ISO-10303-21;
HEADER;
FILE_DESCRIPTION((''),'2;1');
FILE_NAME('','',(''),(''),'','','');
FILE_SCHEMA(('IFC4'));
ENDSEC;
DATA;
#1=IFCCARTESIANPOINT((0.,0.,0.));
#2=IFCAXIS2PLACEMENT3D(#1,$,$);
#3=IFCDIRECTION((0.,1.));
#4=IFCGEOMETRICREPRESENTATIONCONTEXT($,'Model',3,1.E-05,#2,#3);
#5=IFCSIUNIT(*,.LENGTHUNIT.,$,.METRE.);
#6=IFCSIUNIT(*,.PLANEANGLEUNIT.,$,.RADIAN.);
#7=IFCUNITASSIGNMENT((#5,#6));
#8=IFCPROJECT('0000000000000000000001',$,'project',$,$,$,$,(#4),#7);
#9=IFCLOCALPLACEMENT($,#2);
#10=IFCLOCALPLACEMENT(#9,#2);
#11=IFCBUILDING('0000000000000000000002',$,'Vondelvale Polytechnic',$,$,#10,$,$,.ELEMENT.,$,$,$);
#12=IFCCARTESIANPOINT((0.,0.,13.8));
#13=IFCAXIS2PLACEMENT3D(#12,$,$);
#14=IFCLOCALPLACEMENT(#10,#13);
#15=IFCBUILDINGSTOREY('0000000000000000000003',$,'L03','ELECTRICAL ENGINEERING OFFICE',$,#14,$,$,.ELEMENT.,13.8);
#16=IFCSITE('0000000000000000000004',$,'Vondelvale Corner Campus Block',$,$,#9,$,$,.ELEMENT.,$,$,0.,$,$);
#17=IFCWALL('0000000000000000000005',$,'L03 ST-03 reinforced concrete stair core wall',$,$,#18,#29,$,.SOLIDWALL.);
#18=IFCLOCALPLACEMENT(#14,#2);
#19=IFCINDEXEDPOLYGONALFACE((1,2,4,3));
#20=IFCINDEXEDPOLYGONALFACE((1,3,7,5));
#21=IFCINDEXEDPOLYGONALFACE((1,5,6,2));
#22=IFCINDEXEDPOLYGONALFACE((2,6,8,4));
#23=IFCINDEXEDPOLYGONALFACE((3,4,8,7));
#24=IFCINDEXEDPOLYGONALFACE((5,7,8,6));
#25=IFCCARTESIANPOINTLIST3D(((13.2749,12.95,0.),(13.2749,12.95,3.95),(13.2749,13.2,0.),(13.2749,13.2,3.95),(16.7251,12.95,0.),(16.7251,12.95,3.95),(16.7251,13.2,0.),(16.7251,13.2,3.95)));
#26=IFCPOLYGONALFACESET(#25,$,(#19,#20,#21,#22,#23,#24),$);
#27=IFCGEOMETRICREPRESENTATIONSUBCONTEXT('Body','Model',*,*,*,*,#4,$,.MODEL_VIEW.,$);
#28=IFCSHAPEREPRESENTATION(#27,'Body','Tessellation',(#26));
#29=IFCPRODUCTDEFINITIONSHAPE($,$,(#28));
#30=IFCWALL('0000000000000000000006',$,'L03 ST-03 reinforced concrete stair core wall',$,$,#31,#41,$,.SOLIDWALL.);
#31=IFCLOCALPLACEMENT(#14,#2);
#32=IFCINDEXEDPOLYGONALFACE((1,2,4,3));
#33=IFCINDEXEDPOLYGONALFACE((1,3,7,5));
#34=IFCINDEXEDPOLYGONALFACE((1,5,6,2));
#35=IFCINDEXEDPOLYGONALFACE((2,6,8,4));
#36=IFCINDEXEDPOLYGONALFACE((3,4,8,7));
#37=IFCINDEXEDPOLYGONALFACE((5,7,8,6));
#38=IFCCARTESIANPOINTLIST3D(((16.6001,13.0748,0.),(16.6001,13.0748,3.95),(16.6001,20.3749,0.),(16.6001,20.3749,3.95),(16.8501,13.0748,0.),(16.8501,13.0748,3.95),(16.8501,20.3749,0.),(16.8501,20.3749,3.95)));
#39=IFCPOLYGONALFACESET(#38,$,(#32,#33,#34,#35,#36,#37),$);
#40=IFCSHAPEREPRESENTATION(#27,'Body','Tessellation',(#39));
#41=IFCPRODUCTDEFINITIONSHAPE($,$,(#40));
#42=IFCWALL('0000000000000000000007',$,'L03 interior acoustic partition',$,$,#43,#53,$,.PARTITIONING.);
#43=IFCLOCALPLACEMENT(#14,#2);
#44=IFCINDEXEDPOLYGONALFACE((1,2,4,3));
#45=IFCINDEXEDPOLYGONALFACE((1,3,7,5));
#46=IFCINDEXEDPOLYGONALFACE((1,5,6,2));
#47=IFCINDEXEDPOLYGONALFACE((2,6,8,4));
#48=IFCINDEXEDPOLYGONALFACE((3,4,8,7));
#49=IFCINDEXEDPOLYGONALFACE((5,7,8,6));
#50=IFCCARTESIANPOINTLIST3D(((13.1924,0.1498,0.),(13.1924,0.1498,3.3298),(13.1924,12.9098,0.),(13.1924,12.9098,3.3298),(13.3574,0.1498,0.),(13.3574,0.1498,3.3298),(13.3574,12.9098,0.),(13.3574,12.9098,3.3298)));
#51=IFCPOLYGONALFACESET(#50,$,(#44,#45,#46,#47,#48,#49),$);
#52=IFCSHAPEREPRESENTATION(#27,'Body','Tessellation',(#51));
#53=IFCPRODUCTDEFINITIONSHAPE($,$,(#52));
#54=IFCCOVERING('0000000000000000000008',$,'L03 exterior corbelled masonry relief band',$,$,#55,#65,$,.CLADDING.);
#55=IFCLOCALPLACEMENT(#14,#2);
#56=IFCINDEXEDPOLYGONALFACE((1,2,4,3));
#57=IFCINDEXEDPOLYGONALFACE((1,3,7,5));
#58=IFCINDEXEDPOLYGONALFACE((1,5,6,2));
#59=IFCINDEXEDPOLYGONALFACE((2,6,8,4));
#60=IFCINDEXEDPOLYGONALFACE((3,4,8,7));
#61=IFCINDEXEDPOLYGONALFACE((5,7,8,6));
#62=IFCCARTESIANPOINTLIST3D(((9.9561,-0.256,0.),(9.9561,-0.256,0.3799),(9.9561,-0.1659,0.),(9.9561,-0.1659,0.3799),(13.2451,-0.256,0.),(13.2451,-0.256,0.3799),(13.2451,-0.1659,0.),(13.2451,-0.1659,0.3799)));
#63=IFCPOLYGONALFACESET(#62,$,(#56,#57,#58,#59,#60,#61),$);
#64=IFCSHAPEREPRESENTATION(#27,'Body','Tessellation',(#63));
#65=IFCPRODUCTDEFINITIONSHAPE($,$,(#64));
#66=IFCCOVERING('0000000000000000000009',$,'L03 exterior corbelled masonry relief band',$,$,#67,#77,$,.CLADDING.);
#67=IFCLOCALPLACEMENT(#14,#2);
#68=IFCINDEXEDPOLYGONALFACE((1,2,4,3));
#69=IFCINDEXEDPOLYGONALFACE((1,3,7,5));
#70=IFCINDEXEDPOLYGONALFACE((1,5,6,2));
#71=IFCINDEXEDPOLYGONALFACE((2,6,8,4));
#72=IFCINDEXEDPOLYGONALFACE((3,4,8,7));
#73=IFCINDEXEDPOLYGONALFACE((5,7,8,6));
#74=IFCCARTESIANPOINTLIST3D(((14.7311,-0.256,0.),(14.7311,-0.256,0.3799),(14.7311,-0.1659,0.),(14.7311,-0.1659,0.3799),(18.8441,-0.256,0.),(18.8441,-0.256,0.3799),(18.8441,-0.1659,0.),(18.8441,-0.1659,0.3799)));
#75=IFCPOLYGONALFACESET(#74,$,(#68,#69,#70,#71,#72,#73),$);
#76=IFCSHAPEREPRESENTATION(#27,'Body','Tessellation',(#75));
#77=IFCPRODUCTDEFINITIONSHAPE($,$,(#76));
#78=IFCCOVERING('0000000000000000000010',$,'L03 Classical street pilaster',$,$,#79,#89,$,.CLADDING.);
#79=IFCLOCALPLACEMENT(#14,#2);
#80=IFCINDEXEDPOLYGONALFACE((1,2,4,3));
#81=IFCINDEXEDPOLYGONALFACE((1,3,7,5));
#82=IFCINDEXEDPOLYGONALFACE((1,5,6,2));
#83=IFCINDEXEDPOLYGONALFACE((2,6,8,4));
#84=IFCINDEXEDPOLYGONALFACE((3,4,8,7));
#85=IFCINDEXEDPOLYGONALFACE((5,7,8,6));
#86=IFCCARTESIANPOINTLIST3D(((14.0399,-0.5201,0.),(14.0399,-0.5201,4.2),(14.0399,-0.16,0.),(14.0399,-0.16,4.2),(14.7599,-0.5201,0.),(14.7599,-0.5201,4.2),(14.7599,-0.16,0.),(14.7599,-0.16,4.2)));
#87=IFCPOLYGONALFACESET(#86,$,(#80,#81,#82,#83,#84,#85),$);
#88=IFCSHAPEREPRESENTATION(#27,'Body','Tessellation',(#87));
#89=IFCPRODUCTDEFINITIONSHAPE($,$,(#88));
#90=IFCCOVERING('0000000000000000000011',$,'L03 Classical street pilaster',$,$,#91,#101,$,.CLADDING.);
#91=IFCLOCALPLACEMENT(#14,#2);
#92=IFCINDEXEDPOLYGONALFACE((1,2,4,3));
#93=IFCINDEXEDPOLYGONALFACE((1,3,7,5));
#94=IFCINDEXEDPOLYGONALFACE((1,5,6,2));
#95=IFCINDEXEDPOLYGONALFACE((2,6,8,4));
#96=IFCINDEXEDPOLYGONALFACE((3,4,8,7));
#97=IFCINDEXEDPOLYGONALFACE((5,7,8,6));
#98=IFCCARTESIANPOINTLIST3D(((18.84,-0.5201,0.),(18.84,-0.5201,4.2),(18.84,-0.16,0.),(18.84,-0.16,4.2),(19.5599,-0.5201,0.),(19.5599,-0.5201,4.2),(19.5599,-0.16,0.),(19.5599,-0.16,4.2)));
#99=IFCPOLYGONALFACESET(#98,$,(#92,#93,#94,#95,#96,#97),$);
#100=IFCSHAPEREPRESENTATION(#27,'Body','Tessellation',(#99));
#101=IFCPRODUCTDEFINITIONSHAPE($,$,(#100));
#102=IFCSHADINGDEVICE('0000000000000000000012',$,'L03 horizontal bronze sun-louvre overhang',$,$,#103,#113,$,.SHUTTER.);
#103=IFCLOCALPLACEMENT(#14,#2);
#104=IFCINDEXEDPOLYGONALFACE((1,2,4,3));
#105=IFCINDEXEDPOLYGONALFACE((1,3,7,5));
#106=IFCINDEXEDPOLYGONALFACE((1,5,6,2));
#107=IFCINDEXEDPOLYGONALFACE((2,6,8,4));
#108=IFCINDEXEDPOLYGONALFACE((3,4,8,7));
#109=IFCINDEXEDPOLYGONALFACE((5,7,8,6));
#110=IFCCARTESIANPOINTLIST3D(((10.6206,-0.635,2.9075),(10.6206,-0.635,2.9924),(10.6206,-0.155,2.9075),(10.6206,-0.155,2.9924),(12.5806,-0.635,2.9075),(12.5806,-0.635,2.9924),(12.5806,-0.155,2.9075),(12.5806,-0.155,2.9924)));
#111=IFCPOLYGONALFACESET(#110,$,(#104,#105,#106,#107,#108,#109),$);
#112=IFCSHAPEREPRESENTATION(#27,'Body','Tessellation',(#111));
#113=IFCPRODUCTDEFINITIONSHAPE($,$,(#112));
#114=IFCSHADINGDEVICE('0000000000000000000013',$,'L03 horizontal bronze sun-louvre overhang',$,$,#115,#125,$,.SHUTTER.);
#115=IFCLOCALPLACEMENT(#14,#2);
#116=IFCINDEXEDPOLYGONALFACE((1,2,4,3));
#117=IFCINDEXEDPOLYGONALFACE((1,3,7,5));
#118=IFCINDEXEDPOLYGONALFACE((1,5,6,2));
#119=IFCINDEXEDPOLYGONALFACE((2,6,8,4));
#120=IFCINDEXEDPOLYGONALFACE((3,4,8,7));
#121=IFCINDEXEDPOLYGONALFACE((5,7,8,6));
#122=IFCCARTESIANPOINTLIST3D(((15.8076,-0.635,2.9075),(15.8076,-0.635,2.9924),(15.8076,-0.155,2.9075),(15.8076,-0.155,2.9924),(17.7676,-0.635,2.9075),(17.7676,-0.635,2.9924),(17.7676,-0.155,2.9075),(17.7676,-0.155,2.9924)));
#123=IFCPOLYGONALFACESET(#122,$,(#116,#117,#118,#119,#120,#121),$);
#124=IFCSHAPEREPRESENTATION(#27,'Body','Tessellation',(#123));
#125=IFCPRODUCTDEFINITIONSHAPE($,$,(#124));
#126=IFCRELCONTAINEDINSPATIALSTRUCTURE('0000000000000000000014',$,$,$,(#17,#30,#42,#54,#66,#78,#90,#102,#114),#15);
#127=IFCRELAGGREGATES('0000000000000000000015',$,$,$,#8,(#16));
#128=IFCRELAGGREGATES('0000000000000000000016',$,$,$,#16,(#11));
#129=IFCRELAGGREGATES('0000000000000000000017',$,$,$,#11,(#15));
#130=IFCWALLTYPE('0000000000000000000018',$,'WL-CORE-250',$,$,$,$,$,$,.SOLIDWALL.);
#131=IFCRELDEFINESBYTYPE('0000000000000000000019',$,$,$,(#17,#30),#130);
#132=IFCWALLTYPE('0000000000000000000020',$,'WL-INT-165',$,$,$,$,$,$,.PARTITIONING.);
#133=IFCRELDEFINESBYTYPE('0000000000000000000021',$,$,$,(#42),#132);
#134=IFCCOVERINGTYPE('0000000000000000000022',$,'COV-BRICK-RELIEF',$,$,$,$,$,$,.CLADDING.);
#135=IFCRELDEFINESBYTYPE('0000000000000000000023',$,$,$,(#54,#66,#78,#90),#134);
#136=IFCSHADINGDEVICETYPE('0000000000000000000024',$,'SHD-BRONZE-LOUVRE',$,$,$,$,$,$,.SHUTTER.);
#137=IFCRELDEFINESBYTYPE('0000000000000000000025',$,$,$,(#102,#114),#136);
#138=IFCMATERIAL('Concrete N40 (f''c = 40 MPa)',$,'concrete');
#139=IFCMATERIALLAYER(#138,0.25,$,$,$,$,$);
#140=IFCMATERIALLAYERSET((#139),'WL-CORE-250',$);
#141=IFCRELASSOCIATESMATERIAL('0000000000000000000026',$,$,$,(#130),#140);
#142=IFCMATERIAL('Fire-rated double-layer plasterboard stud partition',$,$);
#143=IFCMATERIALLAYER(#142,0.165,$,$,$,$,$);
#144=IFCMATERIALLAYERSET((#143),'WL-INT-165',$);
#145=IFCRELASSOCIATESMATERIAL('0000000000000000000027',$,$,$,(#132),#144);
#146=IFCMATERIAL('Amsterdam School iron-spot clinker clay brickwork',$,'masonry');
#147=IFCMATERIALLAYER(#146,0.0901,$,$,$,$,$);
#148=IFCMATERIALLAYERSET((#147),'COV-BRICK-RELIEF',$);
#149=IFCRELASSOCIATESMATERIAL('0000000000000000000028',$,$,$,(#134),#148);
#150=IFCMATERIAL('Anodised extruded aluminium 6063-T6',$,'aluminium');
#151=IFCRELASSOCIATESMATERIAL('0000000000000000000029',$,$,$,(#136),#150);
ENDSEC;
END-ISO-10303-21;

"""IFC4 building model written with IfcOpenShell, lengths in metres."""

from ifc_helpers import new_model, si_unit, direction, frame, frame_2d, origin, origin_2d, place, context, subcontext, project, spatial, rectangle, extrude, material, layer, layer_set, type_object, element, save


model = new_model("IFC4")

# Units and contexts
model_context = context("Model", 3, precision=1e-05, world=origin(), true_north=direction((0.0, 1.0)))
body_context = subcontext(model_context, "Body", "Model", "MODEL_VIEW")
ifc_project = project(units=[si_unit("LENGTHUNIT", "METRE"), si_unit("PLANEANGLEUNIT", "RADIAN")], contexts=[model_context])

# Site, building, storey
site_placement = place(None, origin())
site = spatial("IfcSite", under=ifc_project, at=site_placement, Name="Vondelvale Corner Campus Block", CompositionType="ELEMENT", RefElevation=0.0)
building_placement = place(site_placement, origin())
building = spatial("IfcBuilding", under=site, at=building_placement, Name="Vondelvale Polytechnic", CompositionType="ELEMENT")
storey_placement = place(building_placement, frame((0.0, 0.0, 13.8)))
storey = spatial("IfcBuildingStorey", under=building, at=storey_placement, Name="L03", Description="ELECTRICAL ENGINEERING OFFICE", CompositionType="ELEMENT", Elevation=13.8)

# Shared definitions
ifc_material_1 = material(Name="Concrete N40 (f'c = 40 MPa)", Category="concrete")

# Shared definitions
ifc_material_2 = material(Name="Amsterdam School iron-spot clinker clay brickwork", Category="masonry")

# Walls
ifc_layer_1 = layer(ifc_material_1, 0.25)
ifc_layer_set_1 = layer_set([ifc_layer_1], Name="WL-CORE-250")
wall_type_1 = type_object("IfcWallType", Name="WL-CORE-250", PredefinedType="SOLIDWALL", material=ifc_layer_set_1)
wall_1_placement = place(storey_placement, frame((13.2749, 13.075, 0.0), z_axis=(0.0, 0.0, 1.0), x_axis=(1.0, 0.0, 0.0)))
element("IfcWall", 1, at=wall_1_placement, inside=storey, type_object=wall_type_1, Name="L03 ST-03 reinforced concrete stair core wall", PredefinedType="SOLIDWALL", context=body_context, shape_type="SweptSolid", body=[
    extrude(rectangle(XDim=3.4502, YDim=0.25, at=frame_2d((1.7251, 0.0))), origin(), (0.0, 0.0, 1.0), 3.95),
])
wall_2_placement = place(storey_placement, frame((16.7251, 13.075, 0.0), z_axis=(0.0, 0.0, 1.0), x_axis=(0.0, 1.0, 0.0)))
element("IfcWall", 2, at=wall_2_placement, inside=storey, type_object=wall_type_1, Name="L03 ST-03 reinforced concrete stair core wall", PredefinedType="SOLIDWALL", context=body_context, shape_type="SweptSolid", body=[
    extrude(rectangle(XDim=7.3, YDim=0.25, at=frame_2d((3.6499, 0.0))), origin(), (0.0, 0.0, 1.0), 3.95),
])
ifc_material_3 = material(Name="Fire-rated double-layer plasterboard stud partition")
ifc_layer_2 = layer(ifc_material_3, 0.165)
ifc_layer_set_2 = layer_set([ifc_layer_2], Name="WL-INT-165")
wall_type_2 = type_object("IfcWallType", Name="WL-INT-165", PredefinedType="PARTITIONING", material=ifc_layer_set_2)
wall_3_placement = place(storey_placement, frame((13.2749, 0.1499, 0.0), z_axis=(0.0, 0.0, 1.0), x_axis=(0.0, 1.0, 0.0)))
element("IfcWall", 3, at=wall_3_placement, inside=storey, type_object=wall_type_2, Name="L03 interior acoustic partition", PredefinedType="PARTITIONING", context=body_context, shape_type="SweptSolid", body=[
    extrude(rectangle(XDim=12.76, YDim=0.165, at=frame_2d((6.3799, 0.0))), origin(), (0.0, 0.0, 1.0), 3.3298),
])

# Coverings
ifc_layer_3 = layer(ifc_material_2, 0.0901)
ifc_layer_set_3 = layer_set([ifc_layer_3], Name="COV-BRICK-RELIEF")
covering_type = type_object("IfcCoveringType", Name="COV-BRICK-RELIEF", PredefinedType="CLADDING", material=ifc_layer_set_3)
covering_1_placement = place(storey_placement, frame((11.6006, -0.2109, 0.0), z_axis=(0.0, 0.0, 1.0), x_axis=(-1.0, 0.0, 0.0)))
element("IfcCovering", 4, at=covering_1_placement, inside=storey, type_object=covering_type, Name="L03 exterior corbelled masonry relief band", PredefinedType="CLADDING", context=body_context, shape_type="SweptSolid", body=[
    extrude(rectangle(XDim=3.2891, YDim=0.0901, at=origin_2d()), origin(), (0.0, 0.0, 1.0), 0.3799),
])
covering_2_placement = place(storey_placement, frame((16.7876, -0.2109, 0.0), z_axis=(0.0, 0.0, 1.0), x_axis=(-1.0, 0.0, 0.0)))
element("IfcCovering", 5, at=covering_2_placement, inside=storey, type_object=covering_type, Name="L03 exterior corbelled masonry relief band", PredefinedType="CLADDING", context=body_context, shape_type="SweptSolid", body=[
    extrude(rectangle(XDim=4.113, YDim=0.0901, at=origin_2d()), origin(), (0.0, 0.0, 1.0), 0.3799),
])
for number, where, z_axis, x_axis, name in (
    (6, (14.3999, -0.3401, 0.0), (0.0, 0.0, 1.0), (1.0, 0.0, 0.0), "L03 Classical street pilaster"),
    (7, (19.2, -0.3401, 0.0), (0.0, 0.0, 1.0), (1.0, 0.0, 0.0), "L03 Classical street pilaster"),
):
    element("IfcCovering", number, at=place(storey_placement, frame(where, z_axis=z_axis, x_axis=x_axis)), inside=storey, type_object=covering_type, Name=name, PredefinedType="CLADDING", context=body_context, shape_type="SweptSolid", body=[
        extrude(rectangle(XDim=0.72, YDim=0.3601, at=origin_2d()), origin(), (0.0, 0.0, 1.0), 4.2),
    ])

# Shading devices
ifc_material_4 = material(Name="Anodised extruded aluminium 6063-T6", Category="aluminium")
shading_device_type = type_object("IfcShadingDeviceType", Name="SHD-BRONZE-LOUVRE", PredefinedType="SHUTTER", material=ifc_material_4)
for number, where, z_axis, x_axis, name in (
    (8, (11.6006, -0.395, 2.9075), (0.0, 0.0, 1.0), (-1.0, 0.0, 0.0), "L03 horizontal bronze sun-louvre overhang"),
    (9, (16.7876, -0.395, 2.9075), (0.0, 0.0, 1.0), (-1.0, 0.0, 0.0), "L03 horizontal bronze sun-louvre overhang"),
):
    element("IfcShadingDevice", number, at=place(storey_placement, frame(where, z_axis=z_axis, x_axis=x_axis)), inside=storey, type_object=shading_device_type, Name=name, PredefinedType="SHUTTER", context=body_context, shape_type="SweptSolid", body=[
        extrude(rectangle(XDim=1.96, YDim=0.48, at=origin_2d()), origin(), (0.0, 0.0, 1.0), 0.085),
    ])

save(model, "model.ifc")
